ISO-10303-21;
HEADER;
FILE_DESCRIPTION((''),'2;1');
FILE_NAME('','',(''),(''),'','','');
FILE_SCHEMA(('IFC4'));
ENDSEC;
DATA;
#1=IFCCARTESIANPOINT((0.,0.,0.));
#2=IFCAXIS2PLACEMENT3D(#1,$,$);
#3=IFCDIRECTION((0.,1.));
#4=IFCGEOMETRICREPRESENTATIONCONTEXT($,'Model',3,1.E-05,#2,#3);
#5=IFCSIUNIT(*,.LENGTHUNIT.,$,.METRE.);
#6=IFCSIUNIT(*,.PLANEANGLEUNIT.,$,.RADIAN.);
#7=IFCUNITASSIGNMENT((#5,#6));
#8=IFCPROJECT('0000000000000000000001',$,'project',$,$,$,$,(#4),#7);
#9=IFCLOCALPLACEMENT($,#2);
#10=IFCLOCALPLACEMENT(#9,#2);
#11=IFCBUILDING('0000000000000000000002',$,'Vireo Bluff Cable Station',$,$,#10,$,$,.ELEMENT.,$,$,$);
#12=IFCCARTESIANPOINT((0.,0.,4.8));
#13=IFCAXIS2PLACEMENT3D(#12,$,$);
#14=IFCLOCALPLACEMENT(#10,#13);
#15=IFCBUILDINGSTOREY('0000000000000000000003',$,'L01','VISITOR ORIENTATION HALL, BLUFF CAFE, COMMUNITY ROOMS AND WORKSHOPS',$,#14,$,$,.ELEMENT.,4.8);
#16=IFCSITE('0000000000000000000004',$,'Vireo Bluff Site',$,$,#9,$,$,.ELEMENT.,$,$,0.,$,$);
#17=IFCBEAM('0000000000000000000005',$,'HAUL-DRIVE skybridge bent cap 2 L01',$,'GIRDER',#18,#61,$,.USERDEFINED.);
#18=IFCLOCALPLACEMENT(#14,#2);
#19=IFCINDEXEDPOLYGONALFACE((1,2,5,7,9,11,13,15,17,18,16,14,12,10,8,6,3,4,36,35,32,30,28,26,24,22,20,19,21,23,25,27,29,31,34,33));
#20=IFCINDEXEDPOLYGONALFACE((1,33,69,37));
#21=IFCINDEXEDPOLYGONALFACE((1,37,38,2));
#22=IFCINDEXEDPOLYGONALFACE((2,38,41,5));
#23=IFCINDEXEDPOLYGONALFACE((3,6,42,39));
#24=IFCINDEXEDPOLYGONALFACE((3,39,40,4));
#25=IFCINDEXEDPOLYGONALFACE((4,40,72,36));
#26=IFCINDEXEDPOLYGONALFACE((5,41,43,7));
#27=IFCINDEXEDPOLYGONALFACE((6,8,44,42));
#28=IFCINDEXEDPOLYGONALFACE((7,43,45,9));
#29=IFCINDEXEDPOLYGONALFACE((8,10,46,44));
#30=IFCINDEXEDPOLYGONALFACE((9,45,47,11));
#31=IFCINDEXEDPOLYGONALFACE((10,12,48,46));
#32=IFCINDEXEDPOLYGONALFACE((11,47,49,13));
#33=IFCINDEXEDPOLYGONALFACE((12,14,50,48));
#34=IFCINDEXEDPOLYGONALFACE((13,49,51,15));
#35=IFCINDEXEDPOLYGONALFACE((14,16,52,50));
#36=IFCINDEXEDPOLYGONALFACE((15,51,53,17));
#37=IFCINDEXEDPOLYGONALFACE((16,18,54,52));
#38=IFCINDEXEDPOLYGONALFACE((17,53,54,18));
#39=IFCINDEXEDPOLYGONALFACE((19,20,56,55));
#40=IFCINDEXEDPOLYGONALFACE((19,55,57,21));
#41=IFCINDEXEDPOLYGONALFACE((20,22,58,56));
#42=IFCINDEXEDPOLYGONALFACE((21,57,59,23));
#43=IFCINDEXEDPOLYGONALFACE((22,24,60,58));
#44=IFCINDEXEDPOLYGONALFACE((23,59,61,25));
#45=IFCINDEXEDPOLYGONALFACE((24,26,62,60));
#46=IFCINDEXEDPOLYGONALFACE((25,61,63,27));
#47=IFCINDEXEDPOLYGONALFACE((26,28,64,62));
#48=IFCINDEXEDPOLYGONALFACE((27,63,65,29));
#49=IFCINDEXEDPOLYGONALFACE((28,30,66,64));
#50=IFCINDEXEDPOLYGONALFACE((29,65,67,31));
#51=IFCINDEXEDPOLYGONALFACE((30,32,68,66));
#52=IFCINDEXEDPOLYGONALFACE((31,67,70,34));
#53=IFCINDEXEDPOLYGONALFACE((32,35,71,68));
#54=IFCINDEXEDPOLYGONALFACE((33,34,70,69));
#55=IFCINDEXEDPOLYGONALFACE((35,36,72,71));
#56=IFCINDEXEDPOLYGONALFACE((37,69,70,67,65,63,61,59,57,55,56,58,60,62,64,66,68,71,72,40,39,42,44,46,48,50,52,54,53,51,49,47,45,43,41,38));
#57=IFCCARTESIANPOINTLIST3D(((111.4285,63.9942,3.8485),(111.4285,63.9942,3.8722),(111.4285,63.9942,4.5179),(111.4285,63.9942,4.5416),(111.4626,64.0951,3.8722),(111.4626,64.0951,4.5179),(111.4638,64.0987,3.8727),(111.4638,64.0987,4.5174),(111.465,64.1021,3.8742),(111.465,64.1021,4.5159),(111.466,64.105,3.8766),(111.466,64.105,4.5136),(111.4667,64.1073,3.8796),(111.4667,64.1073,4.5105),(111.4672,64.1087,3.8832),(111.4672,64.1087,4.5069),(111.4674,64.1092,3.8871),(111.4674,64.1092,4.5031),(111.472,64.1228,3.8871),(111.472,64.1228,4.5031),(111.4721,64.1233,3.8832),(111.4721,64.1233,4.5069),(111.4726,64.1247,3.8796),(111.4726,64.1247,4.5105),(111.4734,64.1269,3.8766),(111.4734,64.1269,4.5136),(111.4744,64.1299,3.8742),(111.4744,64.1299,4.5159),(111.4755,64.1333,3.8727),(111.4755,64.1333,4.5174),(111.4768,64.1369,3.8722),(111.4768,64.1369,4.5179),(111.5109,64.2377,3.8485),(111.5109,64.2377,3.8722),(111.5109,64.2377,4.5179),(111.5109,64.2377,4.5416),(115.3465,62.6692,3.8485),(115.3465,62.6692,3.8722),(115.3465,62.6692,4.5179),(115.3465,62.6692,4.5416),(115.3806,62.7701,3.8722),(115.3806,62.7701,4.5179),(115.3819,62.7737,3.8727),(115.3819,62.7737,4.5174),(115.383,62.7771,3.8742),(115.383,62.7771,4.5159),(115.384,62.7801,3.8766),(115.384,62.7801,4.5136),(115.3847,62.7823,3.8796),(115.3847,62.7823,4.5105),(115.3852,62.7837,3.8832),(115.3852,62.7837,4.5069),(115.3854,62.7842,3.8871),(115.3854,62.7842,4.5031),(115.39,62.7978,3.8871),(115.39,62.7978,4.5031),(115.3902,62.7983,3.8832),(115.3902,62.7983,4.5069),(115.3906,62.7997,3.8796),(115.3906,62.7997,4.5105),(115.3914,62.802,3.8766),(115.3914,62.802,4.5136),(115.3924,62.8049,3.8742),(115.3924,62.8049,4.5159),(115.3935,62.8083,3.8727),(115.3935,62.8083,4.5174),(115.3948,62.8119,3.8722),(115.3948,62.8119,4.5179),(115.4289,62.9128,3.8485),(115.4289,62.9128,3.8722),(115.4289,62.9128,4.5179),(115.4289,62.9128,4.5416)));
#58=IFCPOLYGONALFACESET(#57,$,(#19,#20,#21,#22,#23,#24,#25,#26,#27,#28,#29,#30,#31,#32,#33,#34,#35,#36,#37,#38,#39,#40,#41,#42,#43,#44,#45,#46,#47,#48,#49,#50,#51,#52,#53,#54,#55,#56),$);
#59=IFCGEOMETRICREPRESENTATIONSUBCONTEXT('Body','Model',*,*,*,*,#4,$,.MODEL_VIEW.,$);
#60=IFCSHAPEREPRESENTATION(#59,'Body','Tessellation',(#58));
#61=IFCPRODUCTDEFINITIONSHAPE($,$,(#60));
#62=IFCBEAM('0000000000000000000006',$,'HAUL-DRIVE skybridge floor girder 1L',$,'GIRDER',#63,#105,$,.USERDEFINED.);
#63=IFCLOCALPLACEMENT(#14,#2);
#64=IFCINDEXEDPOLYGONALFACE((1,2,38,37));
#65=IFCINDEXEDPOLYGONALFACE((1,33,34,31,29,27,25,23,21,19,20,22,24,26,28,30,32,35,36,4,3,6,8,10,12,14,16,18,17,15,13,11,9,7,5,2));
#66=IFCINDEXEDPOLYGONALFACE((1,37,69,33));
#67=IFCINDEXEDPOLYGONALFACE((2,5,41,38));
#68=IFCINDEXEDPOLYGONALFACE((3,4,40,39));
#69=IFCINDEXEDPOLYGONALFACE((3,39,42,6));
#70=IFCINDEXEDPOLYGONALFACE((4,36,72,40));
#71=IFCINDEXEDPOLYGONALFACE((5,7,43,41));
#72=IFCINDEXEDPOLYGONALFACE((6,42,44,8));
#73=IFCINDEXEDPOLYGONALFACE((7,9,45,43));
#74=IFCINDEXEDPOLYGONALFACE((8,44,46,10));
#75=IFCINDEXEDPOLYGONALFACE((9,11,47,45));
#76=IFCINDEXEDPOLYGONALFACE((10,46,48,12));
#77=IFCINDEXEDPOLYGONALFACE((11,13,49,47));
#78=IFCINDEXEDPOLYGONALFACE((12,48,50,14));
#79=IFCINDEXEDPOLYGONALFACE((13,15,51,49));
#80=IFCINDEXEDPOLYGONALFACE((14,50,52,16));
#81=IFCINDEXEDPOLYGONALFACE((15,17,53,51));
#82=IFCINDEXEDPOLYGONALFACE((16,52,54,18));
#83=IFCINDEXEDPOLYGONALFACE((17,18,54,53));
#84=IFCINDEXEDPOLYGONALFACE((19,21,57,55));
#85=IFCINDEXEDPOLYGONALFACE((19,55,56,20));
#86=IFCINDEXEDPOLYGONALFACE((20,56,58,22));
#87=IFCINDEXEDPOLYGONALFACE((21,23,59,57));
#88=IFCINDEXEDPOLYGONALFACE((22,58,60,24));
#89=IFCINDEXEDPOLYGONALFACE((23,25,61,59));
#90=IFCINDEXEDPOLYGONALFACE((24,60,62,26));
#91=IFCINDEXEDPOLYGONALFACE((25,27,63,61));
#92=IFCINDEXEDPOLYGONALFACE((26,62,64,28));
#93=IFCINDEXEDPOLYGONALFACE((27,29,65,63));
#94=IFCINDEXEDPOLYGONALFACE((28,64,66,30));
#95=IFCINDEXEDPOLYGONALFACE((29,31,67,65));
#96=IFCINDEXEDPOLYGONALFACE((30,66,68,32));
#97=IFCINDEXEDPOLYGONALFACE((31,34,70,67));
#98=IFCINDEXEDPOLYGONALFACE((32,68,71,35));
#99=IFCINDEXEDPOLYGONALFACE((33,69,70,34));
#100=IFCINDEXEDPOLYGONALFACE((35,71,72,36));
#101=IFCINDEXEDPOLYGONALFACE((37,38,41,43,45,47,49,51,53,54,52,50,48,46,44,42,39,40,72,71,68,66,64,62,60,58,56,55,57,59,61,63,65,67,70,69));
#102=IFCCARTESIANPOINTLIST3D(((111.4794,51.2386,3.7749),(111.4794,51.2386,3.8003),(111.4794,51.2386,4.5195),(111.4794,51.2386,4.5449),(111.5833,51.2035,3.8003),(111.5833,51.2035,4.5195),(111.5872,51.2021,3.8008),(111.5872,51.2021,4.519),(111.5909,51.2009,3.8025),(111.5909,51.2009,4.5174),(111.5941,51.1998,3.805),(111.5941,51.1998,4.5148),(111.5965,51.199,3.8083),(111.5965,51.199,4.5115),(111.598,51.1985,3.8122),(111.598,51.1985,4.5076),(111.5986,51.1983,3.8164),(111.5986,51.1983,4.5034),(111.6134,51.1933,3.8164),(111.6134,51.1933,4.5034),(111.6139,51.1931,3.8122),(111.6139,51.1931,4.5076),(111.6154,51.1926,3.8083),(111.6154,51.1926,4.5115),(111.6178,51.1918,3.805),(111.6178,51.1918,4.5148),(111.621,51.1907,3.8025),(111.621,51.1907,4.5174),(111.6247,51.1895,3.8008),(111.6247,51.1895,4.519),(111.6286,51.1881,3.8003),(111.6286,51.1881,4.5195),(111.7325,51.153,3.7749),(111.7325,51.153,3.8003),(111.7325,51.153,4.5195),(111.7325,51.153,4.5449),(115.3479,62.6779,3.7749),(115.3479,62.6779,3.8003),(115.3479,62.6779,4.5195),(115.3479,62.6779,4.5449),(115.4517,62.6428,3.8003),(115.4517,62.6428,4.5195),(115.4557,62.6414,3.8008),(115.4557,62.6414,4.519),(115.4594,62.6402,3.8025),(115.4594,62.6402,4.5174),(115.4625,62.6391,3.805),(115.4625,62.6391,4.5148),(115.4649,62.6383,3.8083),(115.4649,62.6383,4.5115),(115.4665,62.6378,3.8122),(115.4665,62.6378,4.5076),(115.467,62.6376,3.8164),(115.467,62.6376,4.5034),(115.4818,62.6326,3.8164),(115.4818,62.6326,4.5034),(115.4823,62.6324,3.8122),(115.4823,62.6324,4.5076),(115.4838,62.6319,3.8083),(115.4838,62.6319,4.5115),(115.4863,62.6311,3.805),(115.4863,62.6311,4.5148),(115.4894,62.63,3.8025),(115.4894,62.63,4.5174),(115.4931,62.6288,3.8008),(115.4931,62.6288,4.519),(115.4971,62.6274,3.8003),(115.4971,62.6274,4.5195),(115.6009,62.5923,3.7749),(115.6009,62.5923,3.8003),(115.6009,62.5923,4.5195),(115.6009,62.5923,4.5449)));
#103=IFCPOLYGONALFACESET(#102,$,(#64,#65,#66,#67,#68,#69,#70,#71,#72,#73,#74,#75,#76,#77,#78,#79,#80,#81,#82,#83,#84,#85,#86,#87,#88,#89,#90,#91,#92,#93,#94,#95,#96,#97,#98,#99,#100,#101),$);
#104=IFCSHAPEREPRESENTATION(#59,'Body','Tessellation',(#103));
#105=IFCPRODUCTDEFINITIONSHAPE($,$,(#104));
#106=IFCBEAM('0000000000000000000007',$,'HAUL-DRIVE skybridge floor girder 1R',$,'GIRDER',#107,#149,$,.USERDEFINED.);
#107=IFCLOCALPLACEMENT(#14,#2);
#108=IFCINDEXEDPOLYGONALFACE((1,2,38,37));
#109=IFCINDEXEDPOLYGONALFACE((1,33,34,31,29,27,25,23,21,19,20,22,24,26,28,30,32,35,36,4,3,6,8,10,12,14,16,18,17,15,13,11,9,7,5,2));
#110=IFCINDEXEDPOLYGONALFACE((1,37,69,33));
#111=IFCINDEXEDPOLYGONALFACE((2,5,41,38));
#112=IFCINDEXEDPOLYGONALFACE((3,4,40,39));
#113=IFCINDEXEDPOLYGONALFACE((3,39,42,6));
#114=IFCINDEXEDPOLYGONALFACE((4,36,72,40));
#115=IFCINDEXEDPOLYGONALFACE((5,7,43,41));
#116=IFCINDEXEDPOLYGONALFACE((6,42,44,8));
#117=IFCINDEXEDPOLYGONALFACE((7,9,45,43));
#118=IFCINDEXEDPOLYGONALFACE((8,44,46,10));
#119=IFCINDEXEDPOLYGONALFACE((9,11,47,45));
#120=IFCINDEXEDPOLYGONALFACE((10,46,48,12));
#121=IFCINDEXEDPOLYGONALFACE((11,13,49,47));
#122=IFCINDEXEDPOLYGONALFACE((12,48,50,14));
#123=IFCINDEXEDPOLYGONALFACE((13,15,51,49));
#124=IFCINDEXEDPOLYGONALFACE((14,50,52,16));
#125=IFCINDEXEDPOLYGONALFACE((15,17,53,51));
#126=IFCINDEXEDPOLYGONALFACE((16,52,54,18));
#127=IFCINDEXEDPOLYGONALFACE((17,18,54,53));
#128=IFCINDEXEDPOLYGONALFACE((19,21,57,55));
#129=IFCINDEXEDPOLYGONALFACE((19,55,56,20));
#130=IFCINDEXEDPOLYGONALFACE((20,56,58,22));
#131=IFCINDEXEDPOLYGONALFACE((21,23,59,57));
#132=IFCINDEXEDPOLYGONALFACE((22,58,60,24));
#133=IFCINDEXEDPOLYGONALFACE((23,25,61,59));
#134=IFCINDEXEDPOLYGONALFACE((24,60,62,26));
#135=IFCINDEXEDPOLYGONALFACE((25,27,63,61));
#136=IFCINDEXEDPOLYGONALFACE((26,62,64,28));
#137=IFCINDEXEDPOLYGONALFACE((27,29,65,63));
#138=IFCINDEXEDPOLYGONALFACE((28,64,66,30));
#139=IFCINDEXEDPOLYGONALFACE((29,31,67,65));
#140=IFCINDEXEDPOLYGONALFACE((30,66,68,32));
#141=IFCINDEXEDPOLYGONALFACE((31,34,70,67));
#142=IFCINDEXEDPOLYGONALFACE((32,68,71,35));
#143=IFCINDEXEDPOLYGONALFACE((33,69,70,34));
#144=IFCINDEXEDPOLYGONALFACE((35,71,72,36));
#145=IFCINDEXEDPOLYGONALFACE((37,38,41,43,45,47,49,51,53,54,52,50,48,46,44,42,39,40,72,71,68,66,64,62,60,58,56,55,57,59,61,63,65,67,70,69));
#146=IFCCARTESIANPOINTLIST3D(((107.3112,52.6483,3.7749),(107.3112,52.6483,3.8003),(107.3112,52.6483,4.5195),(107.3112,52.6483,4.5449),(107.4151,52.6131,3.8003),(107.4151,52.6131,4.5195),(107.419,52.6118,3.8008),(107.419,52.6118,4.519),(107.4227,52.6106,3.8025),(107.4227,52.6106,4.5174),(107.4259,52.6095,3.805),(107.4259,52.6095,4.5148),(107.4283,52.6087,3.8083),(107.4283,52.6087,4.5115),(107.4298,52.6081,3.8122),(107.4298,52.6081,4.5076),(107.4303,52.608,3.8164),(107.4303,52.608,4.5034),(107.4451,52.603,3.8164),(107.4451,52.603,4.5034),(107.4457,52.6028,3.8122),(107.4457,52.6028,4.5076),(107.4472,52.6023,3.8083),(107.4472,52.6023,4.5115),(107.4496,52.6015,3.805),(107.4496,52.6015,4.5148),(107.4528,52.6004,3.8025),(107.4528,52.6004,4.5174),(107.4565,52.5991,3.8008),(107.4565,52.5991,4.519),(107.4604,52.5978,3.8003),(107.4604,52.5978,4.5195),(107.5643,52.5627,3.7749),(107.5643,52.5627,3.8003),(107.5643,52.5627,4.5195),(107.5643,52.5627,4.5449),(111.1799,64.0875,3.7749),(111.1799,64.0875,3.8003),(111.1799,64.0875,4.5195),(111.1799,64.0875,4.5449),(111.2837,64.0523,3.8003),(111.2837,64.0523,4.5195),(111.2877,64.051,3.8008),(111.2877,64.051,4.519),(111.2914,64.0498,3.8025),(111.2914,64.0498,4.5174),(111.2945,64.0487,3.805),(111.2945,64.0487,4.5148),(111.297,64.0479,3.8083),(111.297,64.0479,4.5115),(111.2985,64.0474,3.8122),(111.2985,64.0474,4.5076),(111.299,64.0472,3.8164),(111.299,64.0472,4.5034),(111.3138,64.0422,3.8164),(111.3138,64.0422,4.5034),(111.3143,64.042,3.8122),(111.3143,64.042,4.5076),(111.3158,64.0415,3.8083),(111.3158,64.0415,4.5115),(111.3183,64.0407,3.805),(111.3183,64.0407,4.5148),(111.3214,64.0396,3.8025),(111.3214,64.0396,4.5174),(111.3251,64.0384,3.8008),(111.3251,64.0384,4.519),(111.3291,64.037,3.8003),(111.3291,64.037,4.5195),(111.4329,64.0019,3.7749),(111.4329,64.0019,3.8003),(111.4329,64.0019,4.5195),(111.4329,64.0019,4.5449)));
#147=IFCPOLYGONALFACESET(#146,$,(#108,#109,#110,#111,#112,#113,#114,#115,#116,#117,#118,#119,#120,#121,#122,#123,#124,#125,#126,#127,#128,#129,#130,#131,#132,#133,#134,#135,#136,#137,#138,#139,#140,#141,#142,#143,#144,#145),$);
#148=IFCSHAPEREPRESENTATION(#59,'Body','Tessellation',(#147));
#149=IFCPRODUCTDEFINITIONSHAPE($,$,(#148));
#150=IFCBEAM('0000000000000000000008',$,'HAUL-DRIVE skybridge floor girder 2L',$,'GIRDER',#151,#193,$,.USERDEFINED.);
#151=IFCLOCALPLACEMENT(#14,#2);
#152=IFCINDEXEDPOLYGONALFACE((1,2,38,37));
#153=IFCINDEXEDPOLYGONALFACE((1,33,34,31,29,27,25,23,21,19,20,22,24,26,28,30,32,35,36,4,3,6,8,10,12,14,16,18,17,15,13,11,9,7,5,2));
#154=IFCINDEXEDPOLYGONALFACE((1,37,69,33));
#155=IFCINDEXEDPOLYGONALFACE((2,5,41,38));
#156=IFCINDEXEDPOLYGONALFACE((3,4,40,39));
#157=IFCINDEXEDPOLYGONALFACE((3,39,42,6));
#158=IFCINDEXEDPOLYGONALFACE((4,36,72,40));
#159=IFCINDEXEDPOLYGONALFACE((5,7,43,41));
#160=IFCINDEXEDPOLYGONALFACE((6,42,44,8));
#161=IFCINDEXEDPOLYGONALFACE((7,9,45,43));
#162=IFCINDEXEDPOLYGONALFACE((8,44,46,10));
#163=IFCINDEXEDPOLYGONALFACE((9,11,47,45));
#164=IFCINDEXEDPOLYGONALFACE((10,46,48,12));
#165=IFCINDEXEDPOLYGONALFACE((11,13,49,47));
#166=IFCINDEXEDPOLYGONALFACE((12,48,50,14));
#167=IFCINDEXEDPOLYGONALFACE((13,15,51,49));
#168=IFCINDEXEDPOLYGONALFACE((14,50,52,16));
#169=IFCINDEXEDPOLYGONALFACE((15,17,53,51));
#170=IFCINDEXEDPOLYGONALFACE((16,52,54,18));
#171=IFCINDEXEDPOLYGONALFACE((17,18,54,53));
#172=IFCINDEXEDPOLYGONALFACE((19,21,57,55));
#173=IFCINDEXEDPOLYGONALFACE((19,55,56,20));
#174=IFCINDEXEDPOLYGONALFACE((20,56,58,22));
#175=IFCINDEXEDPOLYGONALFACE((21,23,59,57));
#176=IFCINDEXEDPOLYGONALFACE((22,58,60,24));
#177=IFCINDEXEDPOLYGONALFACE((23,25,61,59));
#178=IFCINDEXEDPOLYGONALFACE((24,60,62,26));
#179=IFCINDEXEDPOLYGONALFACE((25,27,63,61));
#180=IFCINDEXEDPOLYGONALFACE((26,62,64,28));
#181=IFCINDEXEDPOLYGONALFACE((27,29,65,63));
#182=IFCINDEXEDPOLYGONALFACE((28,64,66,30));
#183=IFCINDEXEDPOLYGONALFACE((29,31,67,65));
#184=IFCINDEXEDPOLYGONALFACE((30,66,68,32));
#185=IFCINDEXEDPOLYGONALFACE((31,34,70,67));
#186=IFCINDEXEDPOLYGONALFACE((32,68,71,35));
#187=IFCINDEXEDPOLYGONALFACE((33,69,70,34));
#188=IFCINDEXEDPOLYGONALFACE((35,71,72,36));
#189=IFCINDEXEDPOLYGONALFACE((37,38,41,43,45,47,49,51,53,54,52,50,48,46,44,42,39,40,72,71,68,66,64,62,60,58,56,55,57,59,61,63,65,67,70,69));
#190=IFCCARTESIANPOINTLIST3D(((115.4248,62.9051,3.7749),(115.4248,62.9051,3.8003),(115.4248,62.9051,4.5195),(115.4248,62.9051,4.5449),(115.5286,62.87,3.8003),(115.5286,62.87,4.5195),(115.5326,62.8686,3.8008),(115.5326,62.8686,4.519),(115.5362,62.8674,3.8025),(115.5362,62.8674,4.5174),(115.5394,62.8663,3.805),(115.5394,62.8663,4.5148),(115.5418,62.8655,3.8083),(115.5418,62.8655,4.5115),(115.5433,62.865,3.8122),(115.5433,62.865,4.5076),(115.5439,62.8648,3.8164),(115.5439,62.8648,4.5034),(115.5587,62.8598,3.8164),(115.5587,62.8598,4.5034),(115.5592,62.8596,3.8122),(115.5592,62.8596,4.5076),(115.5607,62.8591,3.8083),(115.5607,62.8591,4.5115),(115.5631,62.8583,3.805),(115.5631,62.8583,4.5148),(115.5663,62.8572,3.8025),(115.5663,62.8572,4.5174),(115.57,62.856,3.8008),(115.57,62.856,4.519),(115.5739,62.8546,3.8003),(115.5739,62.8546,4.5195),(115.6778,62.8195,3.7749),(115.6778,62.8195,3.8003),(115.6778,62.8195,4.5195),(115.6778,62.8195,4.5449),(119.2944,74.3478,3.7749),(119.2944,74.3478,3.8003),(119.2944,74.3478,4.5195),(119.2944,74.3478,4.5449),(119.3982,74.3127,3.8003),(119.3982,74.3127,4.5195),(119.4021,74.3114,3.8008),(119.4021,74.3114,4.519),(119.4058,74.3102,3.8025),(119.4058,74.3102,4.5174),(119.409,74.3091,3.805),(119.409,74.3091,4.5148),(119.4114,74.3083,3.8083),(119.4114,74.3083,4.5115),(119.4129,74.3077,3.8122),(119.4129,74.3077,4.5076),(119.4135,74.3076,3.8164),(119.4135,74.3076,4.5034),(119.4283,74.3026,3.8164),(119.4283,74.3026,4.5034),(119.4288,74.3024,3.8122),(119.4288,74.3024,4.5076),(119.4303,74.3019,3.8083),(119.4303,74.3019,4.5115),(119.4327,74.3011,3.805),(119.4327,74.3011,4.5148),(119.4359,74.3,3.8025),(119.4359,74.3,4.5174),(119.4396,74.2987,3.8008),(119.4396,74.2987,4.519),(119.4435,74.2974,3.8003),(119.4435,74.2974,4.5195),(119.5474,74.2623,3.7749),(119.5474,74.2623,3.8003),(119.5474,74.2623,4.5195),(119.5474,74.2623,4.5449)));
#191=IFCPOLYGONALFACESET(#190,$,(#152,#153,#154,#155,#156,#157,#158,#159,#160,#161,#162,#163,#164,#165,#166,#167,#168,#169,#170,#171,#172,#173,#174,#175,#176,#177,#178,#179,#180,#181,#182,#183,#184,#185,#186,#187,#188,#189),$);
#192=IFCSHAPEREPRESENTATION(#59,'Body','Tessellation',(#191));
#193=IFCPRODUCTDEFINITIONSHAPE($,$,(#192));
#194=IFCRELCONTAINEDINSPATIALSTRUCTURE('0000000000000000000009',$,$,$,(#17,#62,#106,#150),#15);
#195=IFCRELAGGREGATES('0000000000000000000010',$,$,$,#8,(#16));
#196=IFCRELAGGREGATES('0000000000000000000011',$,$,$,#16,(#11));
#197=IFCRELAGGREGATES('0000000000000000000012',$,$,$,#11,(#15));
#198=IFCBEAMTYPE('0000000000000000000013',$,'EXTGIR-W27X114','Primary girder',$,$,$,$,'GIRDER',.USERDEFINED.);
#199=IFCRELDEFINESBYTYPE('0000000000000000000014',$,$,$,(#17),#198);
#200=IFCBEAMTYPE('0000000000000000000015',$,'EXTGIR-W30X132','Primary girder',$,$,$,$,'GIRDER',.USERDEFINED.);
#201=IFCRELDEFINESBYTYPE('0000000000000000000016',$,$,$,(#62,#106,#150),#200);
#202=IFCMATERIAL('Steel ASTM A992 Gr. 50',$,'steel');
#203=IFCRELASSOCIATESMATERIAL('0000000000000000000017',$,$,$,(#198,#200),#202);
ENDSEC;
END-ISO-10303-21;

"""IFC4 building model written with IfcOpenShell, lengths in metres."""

from ifc_helpers import new_model, si_unit, direction, frame, origin, origin_2d, place, context, subcontext, project, spatial, i_section, extrude, material, material_profile, profile_set, type_object, element, save


model = new_model("IFC4")

# Units and contexts
model_context = context("Model", 3, precision=1e-05, world=origin(), true_north=direction((0.0, 1.0)))
body_context = subcontext(model_context, "Body", "Model", "MODEL_VIEW")
ifc_project = project(units=[si_unit("LENGTHUNIT", "METRE"), si_unit("PLANEANGLEUNIT", "RADIAN")], contexts=[model_context])

# Site, building, storey
site_placement = place(None, origin())
site = spatial("IfcSite", under=ifc_project, at=site_placement, Name="Vireo Bluff Site", CompositionType="ELEMENT", RefElevation=0.0)
building_placement = place(site_placement, origin())
building = spatial("IfcBuilding", under=site, at=building_placement, Name="Vireo Bluff Cable Station", CompositionType="ELEMENT")
storey_placement = place(building_placement, frame((0.0, 0.0, 4.8)))
storey = spatial("IfcBuildingStorey", under=building, at=storey_placement, Name="L01", Description="VISITOR ORIENTATION HALL, BLUFF CAFE, COMMUNITY ROOMS AND WORKSHOPS", CompositionType="ELEMENT", Elevation=4.8)

# Shared definitions
ifc_material_1 = material(Name="Steel ASTM A992 Gr. 50", Category="steel")

# Beams
ifc_material_profile_1 = material_profile(ifc_material_1, i_section(OverallWidth=0.2571, OverallDepth=0.6931, WebThickness=0.0144, FlangeThickness=0.0237, FilletRadius=0.0149, at=origin_2d()), Name="W27X114")
ifc_profile_set_1 = profile_set([ifc_material_profile_1], Name="Steel ASTM A992 Gr. 50")
beam_type_1 = type_object("IfcBeamType", Name="EXTGIR-W27X114", Description="Primary girder", ElementType="GIRDER", PredefinedType="USERDEFINED", material=ifc_profile_set_1)
for number, where, z_axis, x_axis, name in (
    (1, (115.3877, 62.791, 4.1951), (-0.947299, 0.320351, 0.0), (-0.320351, -0.947299, 0.0), "HAUL-DRIVE skybridge bent cap 2 L01"),
):
    element("IfcBeam", number, at=place(storey_placement, frame(where, z_axis=z_axis, x_axis=x_axis)), inside=storey, type_object=beam_type_1, Name=name, ObjectType="GIRDER", PredefinedType="USERDEFINED", context=body_context, shape_type="SweptSolid", body=[
        extrude(i_section(OverallWidth=0.2571, OverallDepth=0.6931, WebThickness=0.0144, FlangeThickness=0.0237, FilletRadius=0.0149, at=origin_2d()), origin(), (0.0, 0.0, 1.0), 4.136),
    ])
ifc_material_profile_2 = material_profile(ifc_material_1, i_section(OverallWidth=0.2671, OverallDepth=0.77, WebThickness=0.0156, FlangeThickness=0.0254, FilletRadius=0.0161, at=origin_2d()), Name="W30X132")
ifc_profile_set_2 = profile_set([ifc_material_profile_2], Name="Steel ASTM A992 Gr. 50")
beam_type_2 = type_object("IfcBeamType", Name="EXTGIR-W30X132", Description="Primary girder", ElementType="GIRDER", PredefinedType="USERDEFINED", material=ifc_profile_set_2)
for number, where, z_axis, x_axis, name in (
    (2, (111.606, 51.1958, 4.1599), (0.320349, 0.9473, 0.0), (-0.9473, 0.320349, 0.0), "HAUL-DRIVE skybridge floor girder 1L"),
    (3, (107.4377, 52.6055, 4.1599), (0.320367, 0.947293, 0.0), (-0.947293, 0.320367, 0.0), "HAUL-DRIVE skybridge floor girder 1R"),
):
    element("IfcBeam", number, at=place(storey_placement, frame(where, z_axis=z_axis, x_axis=x_axis)), inside=storey, type_object=beam_type_2, Name=name, ObjectType="GIRDER", PredefinedType="USERDEFINED", context=body_context, shape_type="SweptSolid", body=[
        extrude(i_section(OverallWidth=0.2671, OverallDepth=0.77, WebThickness=0.0156, FlangeThickness=0.0254, FilletRadius=0.0161, at=origin_2d()), origin(), (0.0, 0.0, 1.0), 12.0757),
    ])
for number, where, z_axis, x_axis, name in (
    (4, (115.5513, 62.8623, 4.1599), (0.320348, 0.9473, 0.0), (-0.9473, 0.320348, 0.0), "HAUL-DRIVE skybridge floor girder 2L"),
):
    element("IfcBeam", number, at=place(storey_placement, frame(where, z_axis=z_axis, x_axis=x_axis)), inside=storey, type_object=beam_type_2, Name=name, ObjectType="GIRDER", PredefinedType="USERDEFINED", context=body_context, shape_type="SweptSolid", body=[
        extrude(i_section(OverallWidth=0.2671, OverallDepth=0.77, WebThickness=0.0156, FlangeThickness=0.0254, FilletRadius=0.0161, at=origin_2d()), origin(), (0.0, 0.0, 1.0), 12.0793),
    ])

save(model, "model.ifc")
